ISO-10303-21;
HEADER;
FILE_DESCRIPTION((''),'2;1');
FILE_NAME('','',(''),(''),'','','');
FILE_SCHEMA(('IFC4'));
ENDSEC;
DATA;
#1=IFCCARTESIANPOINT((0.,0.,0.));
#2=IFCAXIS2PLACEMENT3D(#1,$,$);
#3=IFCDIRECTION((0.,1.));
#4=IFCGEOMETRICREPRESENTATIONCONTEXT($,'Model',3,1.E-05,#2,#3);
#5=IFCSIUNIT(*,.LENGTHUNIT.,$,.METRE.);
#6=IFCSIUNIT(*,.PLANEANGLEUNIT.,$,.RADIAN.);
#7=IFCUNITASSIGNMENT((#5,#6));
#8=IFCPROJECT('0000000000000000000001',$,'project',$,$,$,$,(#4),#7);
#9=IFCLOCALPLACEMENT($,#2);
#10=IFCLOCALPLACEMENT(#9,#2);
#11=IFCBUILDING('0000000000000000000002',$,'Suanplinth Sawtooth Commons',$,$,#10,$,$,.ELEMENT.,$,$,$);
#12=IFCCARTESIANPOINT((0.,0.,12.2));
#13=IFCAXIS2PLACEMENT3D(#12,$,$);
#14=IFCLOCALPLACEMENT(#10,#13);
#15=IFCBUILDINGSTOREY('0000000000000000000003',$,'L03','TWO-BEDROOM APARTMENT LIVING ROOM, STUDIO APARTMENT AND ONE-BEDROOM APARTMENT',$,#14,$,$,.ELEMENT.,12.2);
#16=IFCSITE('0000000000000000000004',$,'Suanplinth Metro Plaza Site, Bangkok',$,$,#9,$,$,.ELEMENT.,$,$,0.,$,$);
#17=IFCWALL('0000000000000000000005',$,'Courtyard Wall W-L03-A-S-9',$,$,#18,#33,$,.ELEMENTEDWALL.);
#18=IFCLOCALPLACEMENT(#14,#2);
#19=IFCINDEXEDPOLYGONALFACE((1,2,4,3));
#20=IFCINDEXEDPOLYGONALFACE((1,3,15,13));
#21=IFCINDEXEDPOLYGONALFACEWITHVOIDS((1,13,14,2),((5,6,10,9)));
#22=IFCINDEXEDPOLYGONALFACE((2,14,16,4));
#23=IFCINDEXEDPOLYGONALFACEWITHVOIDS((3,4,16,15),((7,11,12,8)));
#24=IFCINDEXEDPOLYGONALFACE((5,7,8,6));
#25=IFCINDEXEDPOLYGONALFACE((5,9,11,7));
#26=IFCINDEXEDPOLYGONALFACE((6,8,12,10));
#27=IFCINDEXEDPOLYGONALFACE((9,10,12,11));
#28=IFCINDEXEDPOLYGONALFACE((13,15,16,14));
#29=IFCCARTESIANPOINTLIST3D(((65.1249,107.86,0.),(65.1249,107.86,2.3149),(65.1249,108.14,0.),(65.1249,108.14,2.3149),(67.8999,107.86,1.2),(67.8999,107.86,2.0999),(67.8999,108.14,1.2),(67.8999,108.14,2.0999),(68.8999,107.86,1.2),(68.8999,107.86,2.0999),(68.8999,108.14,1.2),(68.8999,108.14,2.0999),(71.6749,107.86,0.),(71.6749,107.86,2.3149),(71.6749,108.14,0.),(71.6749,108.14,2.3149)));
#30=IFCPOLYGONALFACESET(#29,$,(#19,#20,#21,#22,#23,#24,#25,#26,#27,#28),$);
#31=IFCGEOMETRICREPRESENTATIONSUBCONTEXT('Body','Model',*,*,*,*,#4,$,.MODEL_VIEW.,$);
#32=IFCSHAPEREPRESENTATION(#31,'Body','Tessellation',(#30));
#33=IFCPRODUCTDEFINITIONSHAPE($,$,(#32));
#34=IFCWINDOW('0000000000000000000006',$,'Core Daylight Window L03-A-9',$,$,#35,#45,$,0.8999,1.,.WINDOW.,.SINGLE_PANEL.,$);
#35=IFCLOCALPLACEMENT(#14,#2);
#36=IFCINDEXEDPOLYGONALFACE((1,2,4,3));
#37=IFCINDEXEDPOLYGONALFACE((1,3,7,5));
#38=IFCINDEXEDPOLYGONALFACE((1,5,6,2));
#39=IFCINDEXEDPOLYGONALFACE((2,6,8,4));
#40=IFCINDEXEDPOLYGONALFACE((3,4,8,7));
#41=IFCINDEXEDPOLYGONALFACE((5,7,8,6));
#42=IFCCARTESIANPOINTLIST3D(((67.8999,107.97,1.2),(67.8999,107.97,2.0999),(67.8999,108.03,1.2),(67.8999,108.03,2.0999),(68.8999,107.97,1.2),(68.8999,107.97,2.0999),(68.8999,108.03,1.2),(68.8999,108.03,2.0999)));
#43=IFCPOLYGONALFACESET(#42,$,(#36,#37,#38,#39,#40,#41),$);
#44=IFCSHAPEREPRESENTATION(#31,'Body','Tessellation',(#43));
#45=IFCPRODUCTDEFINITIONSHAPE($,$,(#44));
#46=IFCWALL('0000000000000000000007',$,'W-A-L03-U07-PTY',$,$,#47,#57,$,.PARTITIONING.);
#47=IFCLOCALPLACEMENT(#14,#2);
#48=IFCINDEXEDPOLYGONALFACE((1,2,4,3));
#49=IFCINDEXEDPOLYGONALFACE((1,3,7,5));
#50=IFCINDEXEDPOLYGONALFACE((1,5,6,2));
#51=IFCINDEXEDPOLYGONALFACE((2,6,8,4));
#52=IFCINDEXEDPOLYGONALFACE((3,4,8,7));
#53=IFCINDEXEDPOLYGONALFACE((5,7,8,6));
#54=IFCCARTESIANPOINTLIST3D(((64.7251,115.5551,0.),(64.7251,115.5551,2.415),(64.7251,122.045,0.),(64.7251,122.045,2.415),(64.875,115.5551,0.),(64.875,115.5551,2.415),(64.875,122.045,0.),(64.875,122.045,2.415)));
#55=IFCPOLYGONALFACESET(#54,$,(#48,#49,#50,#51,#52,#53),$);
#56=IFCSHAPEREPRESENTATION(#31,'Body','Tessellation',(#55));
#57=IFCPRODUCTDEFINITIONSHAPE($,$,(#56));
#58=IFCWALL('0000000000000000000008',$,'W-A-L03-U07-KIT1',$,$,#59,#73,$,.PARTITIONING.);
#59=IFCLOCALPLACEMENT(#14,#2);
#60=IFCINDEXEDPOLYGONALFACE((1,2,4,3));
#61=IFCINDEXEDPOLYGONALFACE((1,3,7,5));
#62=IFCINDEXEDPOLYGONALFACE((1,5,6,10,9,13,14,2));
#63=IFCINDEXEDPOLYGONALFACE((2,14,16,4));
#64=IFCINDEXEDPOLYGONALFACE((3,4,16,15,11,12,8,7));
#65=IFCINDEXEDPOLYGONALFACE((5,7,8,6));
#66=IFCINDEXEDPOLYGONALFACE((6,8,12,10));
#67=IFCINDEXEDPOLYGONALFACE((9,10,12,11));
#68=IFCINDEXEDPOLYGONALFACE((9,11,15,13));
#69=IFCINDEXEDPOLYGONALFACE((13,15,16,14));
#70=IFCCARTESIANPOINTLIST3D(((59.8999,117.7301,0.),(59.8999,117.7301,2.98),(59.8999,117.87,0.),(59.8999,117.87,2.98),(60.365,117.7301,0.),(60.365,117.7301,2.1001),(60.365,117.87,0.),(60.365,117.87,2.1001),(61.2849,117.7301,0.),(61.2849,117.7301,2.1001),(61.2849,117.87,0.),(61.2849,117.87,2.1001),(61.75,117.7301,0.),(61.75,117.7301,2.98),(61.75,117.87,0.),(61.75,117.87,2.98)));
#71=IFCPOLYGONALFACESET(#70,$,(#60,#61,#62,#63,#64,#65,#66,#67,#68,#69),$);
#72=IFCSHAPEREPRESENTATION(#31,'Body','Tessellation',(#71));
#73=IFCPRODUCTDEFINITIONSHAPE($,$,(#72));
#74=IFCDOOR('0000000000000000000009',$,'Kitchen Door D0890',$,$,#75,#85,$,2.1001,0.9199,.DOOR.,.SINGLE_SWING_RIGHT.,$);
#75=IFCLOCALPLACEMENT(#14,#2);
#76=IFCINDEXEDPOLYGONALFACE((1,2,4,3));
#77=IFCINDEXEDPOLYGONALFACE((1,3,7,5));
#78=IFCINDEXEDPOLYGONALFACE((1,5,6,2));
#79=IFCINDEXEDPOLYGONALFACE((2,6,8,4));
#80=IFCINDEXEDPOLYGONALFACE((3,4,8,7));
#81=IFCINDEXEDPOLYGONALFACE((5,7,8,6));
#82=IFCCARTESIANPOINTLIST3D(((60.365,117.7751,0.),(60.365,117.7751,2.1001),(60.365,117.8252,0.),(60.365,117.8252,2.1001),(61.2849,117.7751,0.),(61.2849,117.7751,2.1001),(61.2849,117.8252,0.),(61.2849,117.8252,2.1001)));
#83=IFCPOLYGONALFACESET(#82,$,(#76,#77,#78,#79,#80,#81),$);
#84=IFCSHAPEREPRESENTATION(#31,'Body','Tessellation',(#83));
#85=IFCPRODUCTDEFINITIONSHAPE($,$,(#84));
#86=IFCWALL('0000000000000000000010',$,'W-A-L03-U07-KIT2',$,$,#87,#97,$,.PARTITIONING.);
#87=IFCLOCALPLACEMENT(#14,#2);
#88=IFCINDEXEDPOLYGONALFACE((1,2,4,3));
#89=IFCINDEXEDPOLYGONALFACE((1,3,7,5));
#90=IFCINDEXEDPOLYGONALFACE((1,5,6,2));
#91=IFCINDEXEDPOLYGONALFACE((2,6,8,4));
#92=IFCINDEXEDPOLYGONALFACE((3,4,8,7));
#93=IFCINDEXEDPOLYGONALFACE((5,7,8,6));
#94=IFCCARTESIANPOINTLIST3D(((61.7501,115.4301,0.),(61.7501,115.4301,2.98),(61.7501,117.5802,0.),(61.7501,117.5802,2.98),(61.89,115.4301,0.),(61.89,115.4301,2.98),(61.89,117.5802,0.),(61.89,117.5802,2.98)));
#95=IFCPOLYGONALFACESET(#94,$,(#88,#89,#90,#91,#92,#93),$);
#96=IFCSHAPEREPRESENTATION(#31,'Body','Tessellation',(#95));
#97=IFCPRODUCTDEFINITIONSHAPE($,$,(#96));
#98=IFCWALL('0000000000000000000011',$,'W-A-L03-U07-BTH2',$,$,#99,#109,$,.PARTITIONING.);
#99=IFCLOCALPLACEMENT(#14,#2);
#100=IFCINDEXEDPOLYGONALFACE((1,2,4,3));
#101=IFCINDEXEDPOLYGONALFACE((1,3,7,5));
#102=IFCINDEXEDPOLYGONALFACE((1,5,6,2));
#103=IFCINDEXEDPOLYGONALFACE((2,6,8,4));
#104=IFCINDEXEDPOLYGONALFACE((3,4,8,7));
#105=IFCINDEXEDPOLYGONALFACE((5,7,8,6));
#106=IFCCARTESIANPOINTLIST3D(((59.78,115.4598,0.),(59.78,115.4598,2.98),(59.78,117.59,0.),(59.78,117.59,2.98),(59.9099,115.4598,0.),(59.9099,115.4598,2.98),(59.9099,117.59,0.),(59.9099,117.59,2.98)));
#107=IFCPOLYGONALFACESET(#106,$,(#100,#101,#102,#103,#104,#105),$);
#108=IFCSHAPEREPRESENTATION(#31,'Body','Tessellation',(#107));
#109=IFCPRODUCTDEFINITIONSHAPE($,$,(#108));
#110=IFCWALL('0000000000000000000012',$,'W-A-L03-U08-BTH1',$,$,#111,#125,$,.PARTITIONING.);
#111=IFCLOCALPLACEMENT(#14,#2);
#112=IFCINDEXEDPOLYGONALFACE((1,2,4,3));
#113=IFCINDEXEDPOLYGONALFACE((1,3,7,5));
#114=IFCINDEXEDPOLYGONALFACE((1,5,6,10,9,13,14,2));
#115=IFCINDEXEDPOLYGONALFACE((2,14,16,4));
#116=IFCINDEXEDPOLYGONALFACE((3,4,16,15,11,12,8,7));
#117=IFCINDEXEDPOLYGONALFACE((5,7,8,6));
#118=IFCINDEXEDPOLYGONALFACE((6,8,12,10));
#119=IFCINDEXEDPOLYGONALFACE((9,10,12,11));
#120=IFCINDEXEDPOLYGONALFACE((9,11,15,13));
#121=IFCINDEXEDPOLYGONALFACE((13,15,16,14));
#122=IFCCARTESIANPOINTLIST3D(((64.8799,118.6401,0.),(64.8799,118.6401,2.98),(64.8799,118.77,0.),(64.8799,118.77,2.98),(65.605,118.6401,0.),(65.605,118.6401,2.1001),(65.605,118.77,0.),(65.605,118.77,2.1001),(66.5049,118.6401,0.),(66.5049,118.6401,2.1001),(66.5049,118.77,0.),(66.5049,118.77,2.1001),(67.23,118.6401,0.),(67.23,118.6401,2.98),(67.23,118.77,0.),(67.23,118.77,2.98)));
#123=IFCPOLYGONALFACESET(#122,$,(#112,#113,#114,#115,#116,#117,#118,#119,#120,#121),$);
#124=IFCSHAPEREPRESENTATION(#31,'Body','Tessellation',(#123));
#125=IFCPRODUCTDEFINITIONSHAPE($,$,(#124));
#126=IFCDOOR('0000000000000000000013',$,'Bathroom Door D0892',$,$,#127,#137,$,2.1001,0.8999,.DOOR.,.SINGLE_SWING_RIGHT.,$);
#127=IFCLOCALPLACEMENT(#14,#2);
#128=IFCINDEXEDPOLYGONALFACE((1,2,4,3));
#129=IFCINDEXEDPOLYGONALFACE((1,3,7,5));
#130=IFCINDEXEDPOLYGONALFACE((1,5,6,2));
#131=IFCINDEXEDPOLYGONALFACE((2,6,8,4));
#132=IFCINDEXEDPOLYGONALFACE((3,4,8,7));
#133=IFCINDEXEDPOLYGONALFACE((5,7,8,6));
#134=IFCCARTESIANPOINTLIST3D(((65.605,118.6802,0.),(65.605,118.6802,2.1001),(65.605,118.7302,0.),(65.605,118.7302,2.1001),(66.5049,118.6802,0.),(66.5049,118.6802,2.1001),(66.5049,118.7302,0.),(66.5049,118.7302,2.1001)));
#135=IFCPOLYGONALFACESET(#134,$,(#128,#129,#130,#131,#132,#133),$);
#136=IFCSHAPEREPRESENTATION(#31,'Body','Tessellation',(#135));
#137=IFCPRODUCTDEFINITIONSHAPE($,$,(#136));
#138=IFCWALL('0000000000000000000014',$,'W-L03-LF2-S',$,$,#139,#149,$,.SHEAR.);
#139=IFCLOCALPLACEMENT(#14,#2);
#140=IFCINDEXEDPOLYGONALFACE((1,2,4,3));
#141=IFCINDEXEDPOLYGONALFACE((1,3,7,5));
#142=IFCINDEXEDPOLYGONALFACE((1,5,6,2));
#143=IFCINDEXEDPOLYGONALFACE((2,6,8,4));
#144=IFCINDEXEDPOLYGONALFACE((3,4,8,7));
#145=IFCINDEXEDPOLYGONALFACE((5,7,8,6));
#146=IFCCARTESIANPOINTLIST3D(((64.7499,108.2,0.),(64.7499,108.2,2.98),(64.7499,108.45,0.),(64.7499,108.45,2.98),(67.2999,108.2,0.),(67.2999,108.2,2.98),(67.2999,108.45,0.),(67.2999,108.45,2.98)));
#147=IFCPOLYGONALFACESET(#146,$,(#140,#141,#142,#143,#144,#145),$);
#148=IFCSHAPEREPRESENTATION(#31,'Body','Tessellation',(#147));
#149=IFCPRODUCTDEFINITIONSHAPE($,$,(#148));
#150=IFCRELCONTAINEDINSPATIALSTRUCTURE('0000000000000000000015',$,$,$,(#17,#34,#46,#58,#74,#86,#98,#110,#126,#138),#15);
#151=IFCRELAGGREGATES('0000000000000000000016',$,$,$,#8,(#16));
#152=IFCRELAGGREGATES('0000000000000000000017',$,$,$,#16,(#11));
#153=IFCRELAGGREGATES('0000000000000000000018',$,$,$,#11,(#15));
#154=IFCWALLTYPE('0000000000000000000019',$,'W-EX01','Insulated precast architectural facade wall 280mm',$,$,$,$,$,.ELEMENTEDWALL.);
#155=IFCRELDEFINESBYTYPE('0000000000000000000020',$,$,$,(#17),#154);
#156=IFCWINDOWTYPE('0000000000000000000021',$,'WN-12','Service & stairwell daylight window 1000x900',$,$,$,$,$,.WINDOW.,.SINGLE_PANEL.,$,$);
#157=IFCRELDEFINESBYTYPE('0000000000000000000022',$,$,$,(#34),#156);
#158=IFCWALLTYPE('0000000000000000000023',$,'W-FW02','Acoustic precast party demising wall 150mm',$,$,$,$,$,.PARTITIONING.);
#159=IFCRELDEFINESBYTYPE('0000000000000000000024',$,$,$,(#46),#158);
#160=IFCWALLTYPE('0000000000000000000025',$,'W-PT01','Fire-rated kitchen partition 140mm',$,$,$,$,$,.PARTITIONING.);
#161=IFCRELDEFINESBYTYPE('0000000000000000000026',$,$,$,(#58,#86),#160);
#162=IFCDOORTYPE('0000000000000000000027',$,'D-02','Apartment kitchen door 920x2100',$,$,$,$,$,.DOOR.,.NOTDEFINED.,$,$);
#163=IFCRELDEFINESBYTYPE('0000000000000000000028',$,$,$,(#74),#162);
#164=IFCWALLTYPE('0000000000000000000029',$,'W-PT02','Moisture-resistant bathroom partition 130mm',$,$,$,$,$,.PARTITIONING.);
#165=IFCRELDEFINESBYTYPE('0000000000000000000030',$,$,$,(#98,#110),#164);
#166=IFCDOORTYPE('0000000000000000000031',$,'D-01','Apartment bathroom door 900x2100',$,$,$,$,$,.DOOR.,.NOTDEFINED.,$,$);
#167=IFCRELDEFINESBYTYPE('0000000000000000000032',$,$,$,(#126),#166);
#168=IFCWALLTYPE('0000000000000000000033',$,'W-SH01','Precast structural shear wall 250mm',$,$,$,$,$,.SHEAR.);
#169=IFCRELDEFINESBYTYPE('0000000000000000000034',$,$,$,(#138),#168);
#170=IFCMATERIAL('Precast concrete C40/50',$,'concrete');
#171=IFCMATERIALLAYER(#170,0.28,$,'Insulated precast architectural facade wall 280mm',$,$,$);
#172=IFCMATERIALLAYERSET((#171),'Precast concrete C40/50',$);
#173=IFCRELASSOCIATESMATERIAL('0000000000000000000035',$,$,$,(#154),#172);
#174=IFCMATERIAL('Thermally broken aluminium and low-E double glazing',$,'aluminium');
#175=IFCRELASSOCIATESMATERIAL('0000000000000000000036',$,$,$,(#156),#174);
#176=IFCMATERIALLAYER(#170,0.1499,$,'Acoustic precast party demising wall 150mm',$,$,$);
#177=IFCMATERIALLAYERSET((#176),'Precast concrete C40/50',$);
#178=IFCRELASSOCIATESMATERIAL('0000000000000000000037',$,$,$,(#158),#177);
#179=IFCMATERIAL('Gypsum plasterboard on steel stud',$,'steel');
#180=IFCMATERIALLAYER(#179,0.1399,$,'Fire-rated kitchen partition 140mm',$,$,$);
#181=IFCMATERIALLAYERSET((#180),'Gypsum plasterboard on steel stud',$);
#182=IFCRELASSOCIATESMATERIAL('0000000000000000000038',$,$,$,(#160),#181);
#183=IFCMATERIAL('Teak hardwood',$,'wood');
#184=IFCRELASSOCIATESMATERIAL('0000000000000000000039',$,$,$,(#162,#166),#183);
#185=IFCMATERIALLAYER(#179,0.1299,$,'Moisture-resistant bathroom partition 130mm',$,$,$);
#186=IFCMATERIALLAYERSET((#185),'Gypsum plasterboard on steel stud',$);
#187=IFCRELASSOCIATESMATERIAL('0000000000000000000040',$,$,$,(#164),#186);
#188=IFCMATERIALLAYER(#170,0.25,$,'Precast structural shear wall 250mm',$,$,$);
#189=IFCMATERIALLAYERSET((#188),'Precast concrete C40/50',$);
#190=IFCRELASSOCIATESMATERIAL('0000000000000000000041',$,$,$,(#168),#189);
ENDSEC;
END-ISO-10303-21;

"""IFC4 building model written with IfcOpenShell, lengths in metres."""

from ifc_helpers import new_model, si_unit, direction, frame, frame_2d, origin, place, context, subcontext, project, spatial, rectangle, extrude, material, layer, layer_set, type_object, element, fill, save


model = new_model("IFC4")

# Units and contexts
model_context = context("Model", 3, precision=1e-05, world=origin(), true_north=direction((0.0, 1.0)))
body_context = subcontext(model_context, "Body", "Model", "MODEL_VIEW")
ifc_project = project(units=[si_unit("LENGTHUNIT", "METRE"), si_unit("PLANEANGLEUNIT", "RADIAN")], contexts=[model_context])

# Site, building, storey
site_placement = place(None, origin())
site = spatial("IfcSite", under=ifc_project, at=site_placement, Name="Suanplinth Metro Plaza Site, Bangkok", CompositionType="ELEMENT", RefElevation=0.0)
building_placement = place(site_placement, origin())
building = spatial("IfcBuilding", under=site, at=building_placement, Name="Suanplinth Sawtooth Commons", CompositionType="ELEMENT")
storey_placement = place(building_placement, frame((0.0, 0.0, 12.2)))
storey = spatial("IfcBuildingStorey", under=building, at=storey_placement, Name="L03", Description="TWO-BEDROOM APARTMENT LIVING ROOM, STUDIO APARTMENT AND ONE-BEDROOM APARTMENT", CompositionType="ELEMENT", Elevation=12.2)

# Shared definitions
ifc_material_1 = material(Name="Precast concrete C40/50", Category="concrete")

# Wall, opening, window
ifc_layer_1 = layer(ifc_material_1, 0.28, Name="Insulated precast architectural facade wall 280mm")
ifc_layer_set_1 = layer_set([ifc_layer_1], Name="Precast concrete C40/50")
wall_type_1 = type_object("IfcWallType", Name="W-EX01", Description="Insulated precast architectural facade wall 280mm", PredefinedType="ELEMENTEDWALL", material=ifc_layer_set_1)
wall_1_placement = place(storey_placement, frame((65.125, 108.0, 0.0), z_axis=(0.0, 0.0, 1.0), x_axis=(1.0, 0.0, 0.0)))
wall_1 = element("IfcWall", 1, at=wall_1_placement, inside=storey, type_object=wall_type_1, Name="Courtyard Wall W-L03-A-S-9", PredefinedType="ELEMENTEDWALL", context=body_context, shape_type="SweptSolid", body=[
    extrude(rectangle(XDim=6.55, YDim=0.28, at=frame_2d((3.2749, 0.0))), origin(), (0.0, 0.0, 1.0), 2.3149),
])
opening_1_placement = place(wall_1_placement, frame((2.7749, 0.0, 1.2)))
opening_1 = element("IfcOpeningElement", 2, at=opening_1_placement, cuts=wall_1, PredefinedType="OPENING", context=body_context, shape_type="SweptSolid", body=[
    extrude(rectangle(XDim=1.0, YDim=0.8999, at=frame_2d((0.5, 0.45))), frame((0.0, 0.1548, 0.0), z_axis=(0.0, -1.0, 0.0), x_axis=(1.0, 0.0, 0.0)), (0.0, 0.0, 1.0), 0.3098),
])
ifc_material_2 = material(Name="Thermally broken aluminium and low-E double glazing", Category="aluminium")
window_type = type_object("IfcWindowType", Name="WN-12", Description="Service & stairwell daylight window 1000x900", PartitioningType="SINGLE_PANEL", PredefinedType="WINDOW", material=ifc_material_2)
window_placement = place(opening_1_placement, origin())
window = element("IfcWindow", 3, at=window_placement, inside=storey, type_object=window_type, Name="Core Daylight Window L03-A-9", OverallHeight=0.8999, OverallWidth=1.0, PartitioningType="SINGLE_PANEL", PredefinedType="WINDOW", context=body_context, shape_type="SweptSolid", body=[
    extrude(rectangle(XDim=1.0, YDim=0.8999, at=frame_2d((0.5, 0.45))), frame((0.0, 0.03, 0.0), z_axis=(0.0, -1.0, 0.0), x_axis=(1.0, 0.0, 0.0)), (0.0, 0.0, 1.0), 0.0601),
])
fill(opening_1, window)

# Wall
ifc_layer_2 = layer(ifc_material_1, 0.1499, Name="Acoustic precast party demising wall 150mm")
ifc_layer_set_2 = layer_set([ifc_layer_2], Name="Precast concrete C40/50")
wall_type_2 = type_object("IfcWallType", Name="W-FW02", Description="Acoustic precast party demising wall 150mm", PredefinedType="PARTITIONING", material=ifc_layer_set_2)
wall_2_placement = place(storey_placement, frame((64.8, 115.5549, 0.0), z_axis=(0.0, 0.0, 1.0), x_axis=(0.0, 1.0, 0.0)))
element("IfcWall", 4, at=wall_2_placement, inside=storey, type_object=wall_type_2, Name="W-A-L03-U07-PTY", PredefinedType="PARTITIONING", context=body_context, shape_type="SweptSolid", body=[
    extrude(rectangle(XDim=6.49, YDim=0.1499, at=frame_2d((3.2451, 0.0))), origin(), (0.0, 0.0, 1.0), 2.415),
])

# Wall, opening, door
ifc_material_3 = material(Name="Gypsum plasterboard on steel stud", Category="steel")
ifc_layer_3 = layer(ifc_material_3, 0.1399, Name="Fire-rated kitchen partition 140mm")
ifc_layer_set_3 = layer_set([ifc_layer_3], Name="Gypsum plasterboard on steel stud")
wall_type_3 = type_object("IfcWallType", Name="W-PT01", Description="Fire-rated kitchen partition 140mm", PredefinedType="PARTITIONING", material=ifc_layer_set_3)
wall_3_placement = place(storey_placement, frame((59.8999, 117.8, 0.0), z_axis=(0.0, 0.0, 1.0), x_axis=(1.0, 0.0, 0.0)))
wall_3 = element("IfcWall", 5, at=wall_3_placement, inside=storey, type_object=wall_type_3, Name="W-A-L03-U07-KIT1", PredefinedType="PARTITIONING", context=body_context, shape_type="SweptSolid", body=[
    extrude(rectangle(XDim=1.8501, YDim=0.1399, at=frame_2d((0.925, 0.0))), origin(), (0.0, 0.0, 1.0), 2.98),
])
opening_2_placement = place(wall_3_placement, frame((0.4651, 0.0, 0.0)))
opening_2 = element("IfcOpeningElement", 6, at=opening_2_placement, cuts=wall_3, PredefinedType="OPENING", context=body_context, shape_type="SweptSolid", body=[
    extrude(rectangle(XDim=0.9199, YDim=2.1001, at=frame_2d((0.46, 1.05))), frame((0.0, 0.085, 0.0), z_axis=(0.0, -1.0, 0.0), x_axis=(1.0, 0.0, 0.0)), (0.0, 0.0, 1.0), 0.1697),
])
ifc_material_4 = material(Name="Teak hardwood", Category="wood")
door_type_1 = type_object("IfcDoorType", Name="D-02", Description="Apartment kitchen door 920x2100", OperationType="NOTDEFINED", PredefinedType="DOOR", material=ifc_material_4)
door_1_placement = place(opening_2_placement, frame((0.9199, 0.0, 0.0), z_axis=(0.0, 0.0, 1.0), x_axis=(-1.0, 0.0, 0.0)))
door_1 = element("IfcDoor", 7, at=door_1_placement, inside=storey, type_object=door_type_1, Name="Kitchen Door D0890", OperationType="SINGLE_SWING_RIGHT", OverallHeight=2.1001, OverallWidth=0.9199, PredefinedType="DOOR", context=body_context, shape_type="SweptSolid", body=[
    extrude(rectangle(XDim=0.9199, YDim=2.1001, at=frame_2d((0.46, 1.05))), frame((0.0, 0.0249, 0.0), z_axis=(0.0, -1.0, 0.0), x_axis=(1.0, 0.0, 0.0)), (0.0, 0.0, 1.0), 0.05),
])
fill(opening_2, door_1)

# Walls
wall_4_placement = place(storey_placement, frame((61.8201, 115.4299, 0.0), z_axis=(0.0, 0.0, 1.0), x_axis=(0.0, 1.0, 0.0)))
element("IfcWall", 8, at=wall_4_placement, inside=storey, type_object=wall_type_3, Name="W-A-L03-U07-KIT2", PredefinedType="PARTITIONING", context=body_context, shape_type="SweptSolid", body=[
    extrude(rectangle(XDim=2.1501, YDim=0.1399, at=frame_2d((1.0752, 0.0))), origin(), (0.0, 0.0, 1.0), 2.98),
])
ifc_layer_4 = layer(ifc_material_3, 0.1299, Name="Moisture-resistant bathroom partition 130mm")
ifc_layer_set_4 = layer_set([ifc_layer_4], Name="Gypsum plasterboard on steel stud")
wall_type_4 = type_object("IfcWallType", Name="W-PT02", Description="Moisture-resistant bathroom partition 130mm", PredefinedType="PARTITIONING", material=ifc_layer_set_4)
wall_5_placement = place(storey_placement, frame((59.845, 115.46, 0.0), z_axis=(0.0, 0.0, 1.0), x_axis=(0.0, 1.0, 0.0)))
element("IfcWall", 9, at=wall_5_placement, inside=storey, type_object=wall_type_4, Name="W-A-L03-U07-BTH2", PredefinedType="PARTITIONING", context=body_context, shape_type="SweptSolid", body=[
    extrude(rectangle(XDim=2.1301, YDim=0.1299, at=frame_2d((1.0649, 0.0))), origin(), (0.0, 0.0, 1.0), 2.98),
])

# Wall, opening, door
wall_6_placement = place(storey_placement, frame((64.8799, 118.7051, 0.0), z_axis=(0.0, 0.0, 1.0), x_axis=(1.0, 0.0, 0.0)))
wall_6 = element("IfcWall", 10, at=wall_6_placement, inside=storey, type_object=wall_type_4, Name="W-A-L03-U08-BTH1", PredefinedType="PARTITIONING", context=body_context, shape_type="SweptSolid", body=[
    extrude(rectangle(XDim=2.3501, YDim=0.1299, at=frame_2d((1.175, 0.0))), origin(), (0.0, 0.0, 1.0), 2.98),
])
opening_3_placement = place(wall_6_placement, frame((0.7251, 0.0, 0.0)))
opening_3 = element("IfcOpeningElement", 11, at=opening_3_placement, cuts=wall_6, PredefinedType="OPENING", context=body_context, shape_type="SweptSolid", body=[
    extrude(rectangle(XDim=0.8999, YDim=2.1001, at=frame_2d((0.45, 1.05))), frame((0.0, 0.0798, 0.0), z_axis=(0.0, -1.0, 0.0), x_axis=(1.0, 0.0, 0.0)), (0.0, 0.0, 1.0), 0.1597),
])
door_type_2 = type_object("IfcDoorType", Name="D-01", Description="Apartment bathroom door 900x2100", OperationType="NOTDEFINED", PredefinedType="DOOR", material=ifc_material_4)
door_2_placement = place(opening_3_placement, frame((0.8999, 0.0, 0.0), z_axis=(0.0, 0.0, 1.0), x_axis=(-1.0, 0.0, 0.0)))
door_2 = element("IfcDoor", 12, at=door_2_placement, inside=storey, type_object=door_type_2, Name="Bathroom Door D0892", OperationType="SINGLE_SWING_RIGHT", OverallHeight=2.1001, OverallWidth=0.8999, PredefinedType="DOOR", context=body_context, shape_type="SweptSolid", body=[
    extrude(rectangle(XDim=0.8999, YDim=2.1001, at=frame_2d((0.45, 1.05))), frame((0.0, 0.0249, 0.0), z_axis=(0.0, -1.0, 0.0), x_axis=(1.0, 0.0, 0.0)), (0.0, 0.0, 1.0), 0.05),
])
fill(opening_3, door_2)

# Wall
ifc_layer_5 = layer(ifc_material_1, 0.25, Name="Precast structural shear wall 250mm")
ifc_layer_set_5 = layer_set([ifc_layer_5], Name="Precast concrete C40/50")
wall_type_5 = type_object("IfcWallType", Name="W-SH01", Description="Precast structural shear wall 250mm", PredefinedType="SHEAR", material=ifc_layer_set_5)
wall_7_placement = place(storey_placement, frame((64.75, 108.325, 0.0), z_axis=(0.0, 0.0, 1.0), x_axis=(1.0, 0.0, 0.0)))
element("IfcWall", 13, at=wall_7_placement, inside=storey, type_object=wall_type_5, Name="W-L03-LF2-S", PredefinedType="SHEAR", context=body_context, shape_type="SweptSolid", body=[
    extrude(rectangle(XDim=2.55, YDim=0.25, at=frame_2d((1.2749, 0.0))), origin(), (0.0, 0.0, 1.0), 2.98),
])

save(model, "model.ifc")
